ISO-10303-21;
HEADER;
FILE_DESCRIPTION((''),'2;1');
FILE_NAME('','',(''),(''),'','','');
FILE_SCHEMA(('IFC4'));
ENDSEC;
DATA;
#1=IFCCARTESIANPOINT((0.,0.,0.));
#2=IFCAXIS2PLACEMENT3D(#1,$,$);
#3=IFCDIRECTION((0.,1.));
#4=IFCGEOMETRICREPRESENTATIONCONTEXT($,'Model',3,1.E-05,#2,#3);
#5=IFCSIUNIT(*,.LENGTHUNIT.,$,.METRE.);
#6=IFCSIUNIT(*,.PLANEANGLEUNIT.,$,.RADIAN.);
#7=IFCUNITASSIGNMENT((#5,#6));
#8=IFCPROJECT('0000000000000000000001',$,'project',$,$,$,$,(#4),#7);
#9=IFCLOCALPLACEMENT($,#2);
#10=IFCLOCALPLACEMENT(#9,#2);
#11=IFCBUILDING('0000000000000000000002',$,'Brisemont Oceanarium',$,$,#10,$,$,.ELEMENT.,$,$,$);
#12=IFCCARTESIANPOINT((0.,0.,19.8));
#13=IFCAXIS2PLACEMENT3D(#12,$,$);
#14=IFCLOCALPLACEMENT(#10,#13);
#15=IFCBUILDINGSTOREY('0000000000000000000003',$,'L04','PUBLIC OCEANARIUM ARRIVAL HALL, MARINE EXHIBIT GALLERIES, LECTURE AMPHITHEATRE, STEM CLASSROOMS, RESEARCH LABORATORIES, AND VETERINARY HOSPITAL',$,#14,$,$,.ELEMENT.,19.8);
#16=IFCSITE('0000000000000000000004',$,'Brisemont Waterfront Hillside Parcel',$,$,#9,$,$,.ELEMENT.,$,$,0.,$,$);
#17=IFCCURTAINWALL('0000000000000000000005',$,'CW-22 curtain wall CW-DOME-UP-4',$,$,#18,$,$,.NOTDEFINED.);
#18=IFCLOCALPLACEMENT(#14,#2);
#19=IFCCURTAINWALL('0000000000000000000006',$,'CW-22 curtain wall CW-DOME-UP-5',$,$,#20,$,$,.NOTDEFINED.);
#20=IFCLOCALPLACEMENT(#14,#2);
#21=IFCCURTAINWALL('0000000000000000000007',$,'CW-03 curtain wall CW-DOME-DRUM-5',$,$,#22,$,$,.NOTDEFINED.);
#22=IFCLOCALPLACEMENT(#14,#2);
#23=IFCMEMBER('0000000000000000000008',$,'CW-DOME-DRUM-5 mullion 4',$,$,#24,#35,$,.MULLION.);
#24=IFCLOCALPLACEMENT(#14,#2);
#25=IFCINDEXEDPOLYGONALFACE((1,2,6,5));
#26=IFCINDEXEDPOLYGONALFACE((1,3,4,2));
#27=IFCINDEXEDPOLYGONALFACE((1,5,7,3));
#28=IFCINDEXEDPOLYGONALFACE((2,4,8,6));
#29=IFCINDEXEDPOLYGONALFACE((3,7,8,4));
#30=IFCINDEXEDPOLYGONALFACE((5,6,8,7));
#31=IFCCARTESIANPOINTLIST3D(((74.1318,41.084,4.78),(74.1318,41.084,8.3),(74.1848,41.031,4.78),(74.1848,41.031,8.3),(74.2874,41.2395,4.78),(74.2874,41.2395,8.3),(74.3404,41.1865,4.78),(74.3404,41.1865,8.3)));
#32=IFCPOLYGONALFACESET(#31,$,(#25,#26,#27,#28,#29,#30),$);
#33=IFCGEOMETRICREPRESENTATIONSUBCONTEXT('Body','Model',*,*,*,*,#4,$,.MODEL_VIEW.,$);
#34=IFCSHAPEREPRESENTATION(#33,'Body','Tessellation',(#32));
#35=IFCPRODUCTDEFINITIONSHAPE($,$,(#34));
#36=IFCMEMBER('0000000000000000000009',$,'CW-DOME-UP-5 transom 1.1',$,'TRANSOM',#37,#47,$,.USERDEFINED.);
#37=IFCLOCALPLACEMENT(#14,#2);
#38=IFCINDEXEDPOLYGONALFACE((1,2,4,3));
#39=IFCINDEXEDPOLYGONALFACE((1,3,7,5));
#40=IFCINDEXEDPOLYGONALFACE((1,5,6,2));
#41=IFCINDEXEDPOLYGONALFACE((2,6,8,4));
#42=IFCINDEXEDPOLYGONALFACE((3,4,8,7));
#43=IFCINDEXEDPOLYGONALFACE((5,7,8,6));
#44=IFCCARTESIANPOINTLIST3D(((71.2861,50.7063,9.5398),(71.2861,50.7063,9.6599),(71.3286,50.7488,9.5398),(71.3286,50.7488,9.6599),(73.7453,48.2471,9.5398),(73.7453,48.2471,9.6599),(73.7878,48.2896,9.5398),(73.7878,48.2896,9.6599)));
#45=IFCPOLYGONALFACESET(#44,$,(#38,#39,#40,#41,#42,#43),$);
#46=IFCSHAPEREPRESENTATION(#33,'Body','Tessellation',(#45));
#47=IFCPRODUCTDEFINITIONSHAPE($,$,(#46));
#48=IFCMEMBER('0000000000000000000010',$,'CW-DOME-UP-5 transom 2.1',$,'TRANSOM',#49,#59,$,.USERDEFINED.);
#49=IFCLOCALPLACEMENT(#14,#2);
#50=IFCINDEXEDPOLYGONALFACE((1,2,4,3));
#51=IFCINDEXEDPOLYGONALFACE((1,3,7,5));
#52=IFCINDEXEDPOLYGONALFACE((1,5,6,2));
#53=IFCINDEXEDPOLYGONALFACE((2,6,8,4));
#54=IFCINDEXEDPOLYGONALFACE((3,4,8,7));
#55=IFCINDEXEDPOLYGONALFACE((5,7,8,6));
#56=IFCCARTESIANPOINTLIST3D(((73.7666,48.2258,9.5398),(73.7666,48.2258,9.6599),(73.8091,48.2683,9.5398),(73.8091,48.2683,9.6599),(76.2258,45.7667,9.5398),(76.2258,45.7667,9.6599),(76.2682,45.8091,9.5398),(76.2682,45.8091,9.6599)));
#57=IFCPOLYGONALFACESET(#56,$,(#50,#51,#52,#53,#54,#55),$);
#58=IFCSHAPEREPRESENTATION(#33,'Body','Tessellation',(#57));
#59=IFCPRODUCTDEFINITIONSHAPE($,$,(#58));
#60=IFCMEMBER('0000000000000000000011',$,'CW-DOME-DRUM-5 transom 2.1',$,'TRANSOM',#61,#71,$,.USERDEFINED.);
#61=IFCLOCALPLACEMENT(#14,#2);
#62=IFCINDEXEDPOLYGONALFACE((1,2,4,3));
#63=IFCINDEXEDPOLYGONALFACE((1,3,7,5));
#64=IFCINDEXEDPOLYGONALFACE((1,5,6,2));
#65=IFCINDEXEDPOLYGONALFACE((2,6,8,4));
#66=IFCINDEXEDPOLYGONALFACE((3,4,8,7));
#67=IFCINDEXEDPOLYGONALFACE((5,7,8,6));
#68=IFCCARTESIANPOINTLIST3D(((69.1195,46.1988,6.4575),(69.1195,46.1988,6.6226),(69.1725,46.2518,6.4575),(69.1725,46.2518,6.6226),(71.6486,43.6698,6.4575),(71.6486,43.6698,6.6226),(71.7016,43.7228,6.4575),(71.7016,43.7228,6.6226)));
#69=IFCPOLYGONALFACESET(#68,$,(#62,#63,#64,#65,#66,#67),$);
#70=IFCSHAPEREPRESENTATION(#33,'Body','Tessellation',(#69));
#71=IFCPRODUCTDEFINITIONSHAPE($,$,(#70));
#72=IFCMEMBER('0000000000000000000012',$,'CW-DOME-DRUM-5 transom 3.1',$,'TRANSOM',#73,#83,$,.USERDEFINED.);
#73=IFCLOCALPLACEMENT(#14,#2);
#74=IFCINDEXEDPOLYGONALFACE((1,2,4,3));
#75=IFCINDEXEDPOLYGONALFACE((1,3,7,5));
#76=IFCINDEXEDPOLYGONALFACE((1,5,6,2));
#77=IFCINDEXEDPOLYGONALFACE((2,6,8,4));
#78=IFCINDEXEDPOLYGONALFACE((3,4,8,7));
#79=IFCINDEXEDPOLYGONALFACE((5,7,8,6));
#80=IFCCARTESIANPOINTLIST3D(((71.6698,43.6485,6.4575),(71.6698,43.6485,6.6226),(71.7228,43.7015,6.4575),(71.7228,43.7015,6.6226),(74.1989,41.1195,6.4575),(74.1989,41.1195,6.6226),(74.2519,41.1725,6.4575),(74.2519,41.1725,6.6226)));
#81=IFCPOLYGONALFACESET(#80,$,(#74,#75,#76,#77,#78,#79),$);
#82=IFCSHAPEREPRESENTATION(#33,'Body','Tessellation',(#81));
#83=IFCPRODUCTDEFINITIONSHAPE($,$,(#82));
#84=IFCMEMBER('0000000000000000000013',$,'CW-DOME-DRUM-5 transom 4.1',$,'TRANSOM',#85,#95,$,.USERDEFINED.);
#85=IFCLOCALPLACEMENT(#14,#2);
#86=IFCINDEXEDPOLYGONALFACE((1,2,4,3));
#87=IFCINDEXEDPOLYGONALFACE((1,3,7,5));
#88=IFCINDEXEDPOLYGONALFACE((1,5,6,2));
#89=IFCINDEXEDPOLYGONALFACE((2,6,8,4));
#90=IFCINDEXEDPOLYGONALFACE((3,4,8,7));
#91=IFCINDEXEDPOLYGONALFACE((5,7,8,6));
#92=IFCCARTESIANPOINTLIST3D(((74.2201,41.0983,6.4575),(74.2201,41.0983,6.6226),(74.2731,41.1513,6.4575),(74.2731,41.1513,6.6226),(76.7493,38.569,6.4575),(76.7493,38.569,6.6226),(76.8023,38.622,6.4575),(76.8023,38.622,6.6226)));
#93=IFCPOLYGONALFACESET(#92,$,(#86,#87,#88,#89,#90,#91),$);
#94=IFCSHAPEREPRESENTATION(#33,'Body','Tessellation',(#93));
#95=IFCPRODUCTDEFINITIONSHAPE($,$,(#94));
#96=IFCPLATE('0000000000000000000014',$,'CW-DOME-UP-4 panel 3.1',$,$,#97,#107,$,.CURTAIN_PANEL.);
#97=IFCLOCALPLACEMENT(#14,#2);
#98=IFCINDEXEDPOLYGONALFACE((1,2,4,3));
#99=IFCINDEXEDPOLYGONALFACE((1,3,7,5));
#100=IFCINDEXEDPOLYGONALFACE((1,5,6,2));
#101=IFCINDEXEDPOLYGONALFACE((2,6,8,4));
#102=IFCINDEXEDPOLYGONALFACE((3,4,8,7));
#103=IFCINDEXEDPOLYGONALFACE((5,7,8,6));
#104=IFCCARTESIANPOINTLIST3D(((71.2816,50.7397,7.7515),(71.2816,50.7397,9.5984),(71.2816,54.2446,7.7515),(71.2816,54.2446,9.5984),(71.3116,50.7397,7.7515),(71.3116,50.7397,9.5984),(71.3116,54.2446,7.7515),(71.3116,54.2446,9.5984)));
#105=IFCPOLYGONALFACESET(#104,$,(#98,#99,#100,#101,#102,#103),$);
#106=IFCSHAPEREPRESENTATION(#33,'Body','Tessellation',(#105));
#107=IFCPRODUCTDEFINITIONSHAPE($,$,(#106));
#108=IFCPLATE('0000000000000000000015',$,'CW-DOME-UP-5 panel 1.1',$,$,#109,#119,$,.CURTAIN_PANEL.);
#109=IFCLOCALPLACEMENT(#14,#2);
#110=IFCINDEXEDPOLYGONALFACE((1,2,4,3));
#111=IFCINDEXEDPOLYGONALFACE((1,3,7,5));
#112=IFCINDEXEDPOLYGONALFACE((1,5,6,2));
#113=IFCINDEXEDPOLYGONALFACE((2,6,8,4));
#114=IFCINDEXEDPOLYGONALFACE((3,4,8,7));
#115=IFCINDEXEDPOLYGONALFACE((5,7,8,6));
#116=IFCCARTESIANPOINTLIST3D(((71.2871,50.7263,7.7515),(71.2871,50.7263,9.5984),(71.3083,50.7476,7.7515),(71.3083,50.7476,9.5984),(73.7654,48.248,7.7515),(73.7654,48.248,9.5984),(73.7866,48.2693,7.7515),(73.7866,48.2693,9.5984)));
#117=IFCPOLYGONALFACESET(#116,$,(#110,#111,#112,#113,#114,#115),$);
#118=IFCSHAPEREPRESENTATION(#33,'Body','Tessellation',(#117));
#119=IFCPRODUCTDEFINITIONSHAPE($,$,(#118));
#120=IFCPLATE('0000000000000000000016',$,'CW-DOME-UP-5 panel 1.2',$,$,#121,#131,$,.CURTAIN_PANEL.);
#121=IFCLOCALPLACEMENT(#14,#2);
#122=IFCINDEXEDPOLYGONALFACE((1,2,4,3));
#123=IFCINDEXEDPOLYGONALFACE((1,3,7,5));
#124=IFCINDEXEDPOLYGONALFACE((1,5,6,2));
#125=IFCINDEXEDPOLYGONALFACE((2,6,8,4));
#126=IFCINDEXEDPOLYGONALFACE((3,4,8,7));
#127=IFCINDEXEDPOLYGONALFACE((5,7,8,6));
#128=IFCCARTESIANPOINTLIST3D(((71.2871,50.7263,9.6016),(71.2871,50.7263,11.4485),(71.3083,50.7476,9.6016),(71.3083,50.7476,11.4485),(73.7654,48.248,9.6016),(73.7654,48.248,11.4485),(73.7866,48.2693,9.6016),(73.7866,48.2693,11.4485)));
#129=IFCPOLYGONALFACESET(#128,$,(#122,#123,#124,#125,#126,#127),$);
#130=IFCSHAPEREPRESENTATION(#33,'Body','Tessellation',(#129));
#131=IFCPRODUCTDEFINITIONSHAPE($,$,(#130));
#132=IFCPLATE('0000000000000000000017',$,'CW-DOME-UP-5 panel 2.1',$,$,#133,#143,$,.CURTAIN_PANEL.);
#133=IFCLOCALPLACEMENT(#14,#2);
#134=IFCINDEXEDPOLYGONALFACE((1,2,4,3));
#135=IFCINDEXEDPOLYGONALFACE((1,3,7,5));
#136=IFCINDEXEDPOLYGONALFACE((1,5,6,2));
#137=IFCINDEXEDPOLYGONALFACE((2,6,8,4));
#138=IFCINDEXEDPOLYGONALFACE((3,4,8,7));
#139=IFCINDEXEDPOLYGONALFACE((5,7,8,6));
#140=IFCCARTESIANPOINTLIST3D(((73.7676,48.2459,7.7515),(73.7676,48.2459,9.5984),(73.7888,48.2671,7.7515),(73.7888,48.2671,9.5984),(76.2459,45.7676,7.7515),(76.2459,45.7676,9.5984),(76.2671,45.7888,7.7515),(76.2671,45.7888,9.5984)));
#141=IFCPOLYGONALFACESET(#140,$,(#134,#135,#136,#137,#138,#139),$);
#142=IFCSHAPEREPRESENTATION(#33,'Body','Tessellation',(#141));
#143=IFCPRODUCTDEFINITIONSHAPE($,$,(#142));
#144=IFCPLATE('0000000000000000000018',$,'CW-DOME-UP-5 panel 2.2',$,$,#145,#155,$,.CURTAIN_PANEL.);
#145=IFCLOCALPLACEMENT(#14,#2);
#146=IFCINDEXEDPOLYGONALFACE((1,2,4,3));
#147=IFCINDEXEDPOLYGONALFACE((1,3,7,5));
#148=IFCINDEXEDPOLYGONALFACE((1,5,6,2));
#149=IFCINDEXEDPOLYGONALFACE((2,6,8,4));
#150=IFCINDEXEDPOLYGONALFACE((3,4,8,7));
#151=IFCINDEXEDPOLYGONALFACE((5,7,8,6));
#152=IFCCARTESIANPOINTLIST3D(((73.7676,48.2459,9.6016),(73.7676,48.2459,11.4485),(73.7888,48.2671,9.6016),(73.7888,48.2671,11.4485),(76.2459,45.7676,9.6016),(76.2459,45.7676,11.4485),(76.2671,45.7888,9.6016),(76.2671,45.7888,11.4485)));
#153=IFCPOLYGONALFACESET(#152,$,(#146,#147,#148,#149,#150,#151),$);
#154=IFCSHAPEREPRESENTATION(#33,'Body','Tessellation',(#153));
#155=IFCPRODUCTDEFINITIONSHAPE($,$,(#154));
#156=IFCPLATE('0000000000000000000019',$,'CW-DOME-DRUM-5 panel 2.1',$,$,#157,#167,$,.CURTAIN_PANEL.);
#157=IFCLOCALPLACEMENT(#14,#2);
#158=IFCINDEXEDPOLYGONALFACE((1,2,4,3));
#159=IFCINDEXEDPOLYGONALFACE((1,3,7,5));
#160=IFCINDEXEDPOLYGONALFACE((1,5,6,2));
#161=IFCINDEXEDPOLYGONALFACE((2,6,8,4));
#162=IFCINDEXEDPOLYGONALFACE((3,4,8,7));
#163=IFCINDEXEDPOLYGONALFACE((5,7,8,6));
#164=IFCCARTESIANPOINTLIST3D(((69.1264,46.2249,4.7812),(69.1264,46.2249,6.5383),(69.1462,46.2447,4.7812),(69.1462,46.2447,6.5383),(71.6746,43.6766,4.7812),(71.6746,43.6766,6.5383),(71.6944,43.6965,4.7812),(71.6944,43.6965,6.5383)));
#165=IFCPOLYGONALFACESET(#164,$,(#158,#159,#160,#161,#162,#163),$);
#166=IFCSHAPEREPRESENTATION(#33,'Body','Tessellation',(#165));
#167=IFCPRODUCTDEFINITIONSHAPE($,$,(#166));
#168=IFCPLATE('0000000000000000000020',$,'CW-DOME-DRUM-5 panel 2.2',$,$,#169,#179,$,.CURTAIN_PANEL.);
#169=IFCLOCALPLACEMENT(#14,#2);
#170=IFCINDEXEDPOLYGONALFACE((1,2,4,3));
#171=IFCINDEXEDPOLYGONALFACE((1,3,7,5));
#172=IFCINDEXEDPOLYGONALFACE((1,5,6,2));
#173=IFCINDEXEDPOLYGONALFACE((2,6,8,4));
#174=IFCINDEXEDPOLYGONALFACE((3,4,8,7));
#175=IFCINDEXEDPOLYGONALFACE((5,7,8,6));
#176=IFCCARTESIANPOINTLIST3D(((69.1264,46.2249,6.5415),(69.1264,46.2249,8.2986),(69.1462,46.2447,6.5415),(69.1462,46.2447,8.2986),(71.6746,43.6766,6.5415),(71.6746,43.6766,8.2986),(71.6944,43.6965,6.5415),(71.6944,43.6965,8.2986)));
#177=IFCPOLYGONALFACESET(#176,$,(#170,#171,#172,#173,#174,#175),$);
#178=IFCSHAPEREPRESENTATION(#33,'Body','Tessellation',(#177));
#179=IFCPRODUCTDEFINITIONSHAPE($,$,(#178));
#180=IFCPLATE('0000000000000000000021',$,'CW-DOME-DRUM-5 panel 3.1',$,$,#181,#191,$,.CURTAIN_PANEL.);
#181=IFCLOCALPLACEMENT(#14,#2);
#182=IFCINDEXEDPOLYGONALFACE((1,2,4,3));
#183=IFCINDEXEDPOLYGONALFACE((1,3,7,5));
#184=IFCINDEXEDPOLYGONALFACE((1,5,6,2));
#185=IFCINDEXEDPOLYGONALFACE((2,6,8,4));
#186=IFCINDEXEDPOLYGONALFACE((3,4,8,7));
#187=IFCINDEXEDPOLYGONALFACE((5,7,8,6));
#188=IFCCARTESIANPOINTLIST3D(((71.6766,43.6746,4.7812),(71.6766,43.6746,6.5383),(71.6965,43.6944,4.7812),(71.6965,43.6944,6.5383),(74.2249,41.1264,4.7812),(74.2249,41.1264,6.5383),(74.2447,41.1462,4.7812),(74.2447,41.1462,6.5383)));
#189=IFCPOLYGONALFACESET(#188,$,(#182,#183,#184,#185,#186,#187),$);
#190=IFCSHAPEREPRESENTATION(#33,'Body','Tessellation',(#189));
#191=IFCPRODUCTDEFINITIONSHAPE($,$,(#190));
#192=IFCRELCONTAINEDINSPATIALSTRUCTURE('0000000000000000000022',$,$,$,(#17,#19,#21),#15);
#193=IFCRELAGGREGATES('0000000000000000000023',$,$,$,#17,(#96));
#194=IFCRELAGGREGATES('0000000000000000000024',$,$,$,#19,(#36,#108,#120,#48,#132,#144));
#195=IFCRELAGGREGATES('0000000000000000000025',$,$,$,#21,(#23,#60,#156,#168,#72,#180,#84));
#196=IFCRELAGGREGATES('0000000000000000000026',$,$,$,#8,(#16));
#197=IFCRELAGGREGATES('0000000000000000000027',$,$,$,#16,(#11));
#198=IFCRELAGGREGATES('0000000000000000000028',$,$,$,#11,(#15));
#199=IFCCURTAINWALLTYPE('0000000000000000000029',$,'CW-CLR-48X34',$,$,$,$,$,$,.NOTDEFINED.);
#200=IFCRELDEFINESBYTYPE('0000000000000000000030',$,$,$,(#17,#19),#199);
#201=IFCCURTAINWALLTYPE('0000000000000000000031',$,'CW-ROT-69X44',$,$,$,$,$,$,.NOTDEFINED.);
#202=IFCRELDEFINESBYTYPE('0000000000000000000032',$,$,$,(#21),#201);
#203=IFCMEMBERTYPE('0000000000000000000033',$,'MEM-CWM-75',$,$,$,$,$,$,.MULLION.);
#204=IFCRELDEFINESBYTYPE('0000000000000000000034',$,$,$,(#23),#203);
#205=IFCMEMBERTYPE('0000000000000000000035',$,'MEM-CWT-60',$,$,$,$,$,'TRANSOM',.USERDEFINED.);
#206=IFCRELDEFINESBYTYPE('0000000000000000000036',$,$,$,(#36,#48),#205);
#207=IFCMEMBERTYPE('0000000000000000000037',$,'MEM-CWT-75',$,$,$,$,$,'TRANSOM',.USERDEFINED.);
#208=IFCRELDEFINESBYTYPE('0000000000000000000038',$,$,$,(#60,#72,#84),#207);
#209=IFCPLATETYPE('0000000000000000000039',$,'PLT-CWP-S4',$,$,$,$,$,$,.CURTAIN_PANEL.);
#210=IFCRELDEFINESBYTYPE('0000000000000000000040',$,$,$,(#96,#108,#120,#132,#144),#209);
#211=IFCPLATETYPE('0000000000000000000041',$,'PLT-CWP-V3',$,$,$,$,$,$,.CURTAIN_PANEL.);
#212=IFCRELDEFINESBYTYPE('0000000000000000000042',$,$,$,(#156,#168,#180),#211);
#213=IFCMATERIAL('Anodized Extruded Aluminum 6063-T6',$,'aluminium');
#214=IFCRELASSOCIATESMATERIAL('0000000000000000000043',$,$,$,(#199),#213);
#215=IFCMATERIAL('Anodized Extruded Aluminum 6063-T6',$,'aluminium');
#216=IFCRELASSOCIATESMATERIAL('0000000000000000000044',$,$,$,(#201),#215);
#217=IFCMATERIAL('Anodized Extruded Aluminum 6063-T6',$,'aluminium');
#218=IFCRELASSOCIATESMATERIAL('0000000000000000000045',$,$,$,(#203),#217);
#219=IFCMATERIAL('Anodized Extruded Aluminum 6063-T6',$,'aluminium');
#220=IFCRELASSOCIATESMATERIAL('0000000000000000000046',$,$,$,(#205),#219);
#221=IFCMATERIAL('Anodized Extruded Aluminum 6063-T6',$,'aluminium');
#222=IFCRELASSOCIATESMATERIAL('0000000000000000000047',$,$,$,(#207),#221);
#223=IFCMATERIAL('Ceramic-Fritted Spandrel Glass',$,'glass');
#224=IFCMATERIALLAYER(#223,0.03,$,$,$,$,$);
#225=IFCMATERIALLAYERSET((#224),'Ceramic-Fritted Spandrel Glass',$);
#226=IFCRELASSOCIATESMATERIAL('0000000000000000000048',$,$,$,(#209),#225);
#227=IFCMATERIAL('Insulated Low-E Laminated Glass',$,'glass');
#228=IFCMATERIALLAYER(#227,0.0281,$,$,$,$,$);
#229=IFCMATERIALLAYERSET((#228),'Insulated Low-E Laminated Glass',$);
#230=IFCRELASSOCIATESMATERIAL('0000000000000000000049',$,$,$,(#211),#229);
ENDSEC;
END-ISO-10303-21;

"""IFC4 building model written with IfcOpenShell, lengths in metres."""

from ifc_helpers import new_model, si_unit, direction, frame, origin, origin_2d, place, context, subcontext, project, spatial, rectangle, extrude, material, layer, layer_set, material_profile, profile_set, type_object, element, aggregate, save


model = new_model("IFC4")

# Units and contexts
model_context = context("Model", 3, precision=1e-05, world=origin(), true_north=direction((0.0, 1.0)))
body_context = subcontext(model_context, "Body", "Model", "MODEL_VIEW")
ifc_project = project(units=[si_unit("LENGTHUNIT", "METRE"), si_unit("PLANEANGLEUNIT", "RADIAN")], contexts=[model_context])

# Site, building, storey
site_placement = place(None, origin())
site = spatial("IfcSite", under=ifc_project, at=site_placement, Name="Brisemont Waterfront Hillside Parcel", CompositionType="ELEMENT", RefElevation=0.0)
building_placement = place(site_placement, origin())
building = spatial("IfcBuilding", under=site, at=building_placement, Name="Brisemont Oceanarium", CompositionType="ELEMENT")
storey_placement = place(building_placement, frame((0.0, 0.0, 19.8)))
storey = spatial("IfcBuildingStorey", under=building, at=storey_placement, Name="L04", Description="PUBLIC OCEANARIUM ARRIVAL HALL, MARINE EXHIBIT GALLERIES, LECTURE AMPHITHEATRE, STEM CLASSROOMS, RESEARCH LABORATORIES, AND VETERINARY HOSPITAL", CompositionType="ELEMENT", Elevation=19.8)

# Curtain wall
ifc_material_1 = material(Name="Anodized Extruded Aluminum 6063-T6", Category="aluminium")
curtain_wall_type_1 = type_object("IfcCurtainWallType", Name="CW-CLR-48X34", PredefinedType="NOTDEFINED", material=ifc_material_1)
curtain_wall_1_placement = place(storey_placement, origin())
curtain_wall_1 = element("IfcCurtainWall", 1, at=curtain_wall_1_placement, inside=storey, type_object=curtain_wall_type_1, Name="CW-22 curtain wall CW-DOME-UP-4", PredefinedType="NOTDEFINED")

# Curtain walls, member
curtain_wall_2_placement = place(storey_placement, origin())
curtain_wall_2 = element("IfcCurtainWall", 2, at=curtain_wall_2_placement, inside=storey, type_object=curtain_wall_type_1, Name="CW-22 curtain wall CW-DOME-UP-5", PredefinedType="NOTDEFINED")
ifc_material_2 = material(Name="Anodized Extruded Aluminum 6063-T6", Category="aluminium")
curtain_wall_type_2 = type_object("IfcCurtainWallType", Name="CW-ROT-69X44", PredefinedType="NOTDEFINED", material=ifc_material_2)
curtain_wall_3_placement = place(storey_placement, origin())
curtain_wall_3 = element("IfcCurtainWall", 3, at=curtain_wall_3_placement, inside=storey, type_object=curtain_wall_type_2, Name="CW-03 curtain wall CW-DOME-DRUM-5", PredefinedType="NOTDEFINED")
ifc_material_3 = material(Name="Anodized Extruded Aluminum 6063-T6", Category="aluminium")
ifc_material_profile_1 = material_profile(ifc_material_3, rectangle(XDim=0.075, YDim=0.22, at=origin_2d()), Name="CWM-75X220")
ifc_profile_set_1 = profile_set([ifc_material_profile_1], Name="Anodized Extruded Aluminum 6063-T6")
member_type_1 = type_object("IfcMemberType", Name="MEM-CWM-75", PredefinedType="MULLION", material=ifc_profile_set_1)
member_1_placement = place(storey_placement, frame((74.2361, 41.1353, 4.78), z_axis=(0.0, 0.0, 1.0), x_axis=(0.707107, -0.707107, 0.0)))
member_1 = element("IfcMember", 4, at=member_1_placement, type_object=member_type_1, Name="CW-DOME-DRUM-5 mullion 4", PredefinedType="MULLION", context=body_context, shape_type="SweptSolid", body=[
    extrude(rectangle(XDim=0.075, YDim=0.22, at=origin_2d()), origin(), (0.0, 0.0, 1.0), 3.52),
])

# Members
ifc_material_4 = material(Name="Anodized Extruded Aluminum 6063-T6", Category="aluminium")
ifc_material_profile_2 = material_profile(ifc_material_4, rectangle(XDim=0.0601, YDim=0.1201, at=origin_2d()), Name="CWT-60X120")
ifc_profile_set_2 = profile_set([ifc_material_profile_2], Name="Anodized Extruded Aluminum 6063-T6")
member_type_2 = type_object("IfcMemberType", Name="MEM-CWT-60", ElementType="TRANSOM", PredefinedType="USERDEFINED", material=ifc_profile_set_2)
member_2_placement = place(storey_placement, frame((71.3074, 50.7275, 9.5999), z_axis=(0.707107, -0.707107, 0.0), x_axis=(0.707107, 0.707107, 0.0)))
member_2 = element("IfcMember", 5, at=member_2_placement, type_object=member_type_2, Name="CW-DOME-UP-5 transom 1.1", ObjectType="TRANSOM", PredefinedType="USERDEFINED", context=body_context, shape_type="SweptSolid", body=[
    extrude(rectangle(XDim=0.0601, YDim=0.1201, at=origin_2d()), origin(), (0.0, 0.0, 1.0), 3.4778),
])
member_3_placement = place(storey_placement, frame((73.7878, 48.2471, 9.5999), z_axis=(0.707107, -0.707107, 0.0), x_axis=(0.707107, 0.707107, 0.0)))
member_3 = element("IfcMember", 6, at=member_3_placement, type_object=member_type_2, Name="CW-DOME-UP-5 transom 2.1", ObjectType="TRANSOM", PredefinedType="USERDEFINED", context=body_context, shape_type="SweptSolid", body=[
    extrude(rectangle(XDim=0.0601, YDim=0.1201, at=origin_2d()), origin(), (0.0, 0.0, 1.0), 3.4778),
])
ifc_material_5 = material(Name="Anodized Extruded Aluminum 6063-T6", Category="aluminium")
ifc_material_profile_3 = material_profile(ifc_material_5, rectangle(XDim=0.075, YDim=0.165, at=origin_2d()), Name="CWT-75X165")
ifc_profile_set_3 = profile_set([ifc_material_profile_3], Name="Anodized Extruded Aluminum 6063-T6")
member_type_3 = type_object("IfcMemberType", Name="MEM-CWT-75", ElementType="TRANSOM", PredefinedType="USERDEFINED", material=ifc_profile_set_3)
member_4_placement = place(storey_placement, frame((69.146, 46.2253, 6.54), z_axis=(0.707107, -0.707107, 0.0), x_axis=(0.707107, 0.707107, 0.0)))
member_4 = element("IfcMember", 7, at=member_4_placement, type_object=member_type_3, Name="CW-DOME-DRUM-5 transom 2.1", ObjectType="TRANSOM", PredefinedType="USERDEFINED", context=body_context, shape_type="SweptSolid", body=[
    extrude(rectangle(XDim=0.075, YDim=0.165, at=origin_2d()), origin(), (0.0, 0.0, 1.0), 3.5767),
])
member_5_placement = place(storey_placement, frame((71.6963, 43.675, 6.54), z_axis=(0.707107, -0.707107, 0.0), x_axis=(0.707107, 0.707107, 0.0)))
member_5 = element("IfcMember", 8, at=member_5_placement, type_object=member_type_3, Name="CW-DOME-DRUM-5 transom 3.1", ObjectType="TRANSOM", PredefinedType="USERDEFINED", context=body_context, shape_type="SweptSolid", body=[
    extrude(rectangle(XDim=0.075, YDim=0.165, at=origin_2d()), origin(), (0.0, 0.0, 1.0), 3.5767),
])
member_6_placement = place(storey_placement, frame((74.2466, 41.1248, 6.54), z_axis=(0.707107, -0.707107, 0.0), x_axis=(0.707107, 0.707107, 0.0)))
member_6 = element("IfcMember", 9, at=member_6_placement, type_object=member_type_3, Name="CW-DOME-DRUM-5 transom 4.1", ObjectType="TRANSOM", PredefinedType="USERDEFINED", context=body_context, shape_type="SweptSolid", body=[
    extrude(rectangle(XDim=0.075, YDim=0.165, at=origin_2d()), origin(), (0.0, 0.0, 1.0), 3.5769),
])

# Plates
ifc_material_6 = material(Name="Ceramic-Fritted Spandrel Glass", Category="glass")
ifc_layer_1 = layer(ifc_material_6, 0.03)
ifc_layer_set_1 = layer_set([ifc_layer_1], Name="Ceramic-Fritted Spandrel Glass")
plate_type_1 = type_object("IfcPlateType", Name="PLT-CWP-S4", PredefinedType="CURTAIN_PANEL", material=ifc_layer_set_1)
plate_1_placement = place(storey_placement, frame((71.2966, 52.4922, 7.7515), z_axis=(0.0, 0.0, 1.0), x_axis=(0.0, -1.0, 0.0)))
plate_1 = element("IfcPlate", 10, at=plate_1_placement, type_object=plate_type_1, Name="CW-DOME-UP-4 panel 3.1", PredefinedType="CURTAIN_PANEL", context=body_context, shape_type="SweptSolid", body=[
    extrude(rectangle(XDim=3.5049, YDim=0.03, at=origin_2d()), origin(), (0.0, 0.0, 1.0), 1.8469),
])
aggregate(curtain_wall_1, [plate_1])
plate_2_placement = place(storey_placement, frame((72.5369, 49.4978, 7.7515), z_axis=(0.0, 0.0, 1.0), x_axis=(0.707107, -0.707107, 0.0)))
plate_2 = element("IfcPlate", 11, at=plate_2_placement, type_object=plate_type_1, Name="CW-DOME-UP-5 panel 1.1", PredefinedType="CURTAIN_PANEL", context=body_context, shape_type="SweptSolid", body=[
    extrude(rectangle(XDim=3.5049, YDim=0.03, at=origin_2d()), origin(), (0.0, 0.0, 1.0), 1.8469),
])
plate_3_placement = place(storey_placement, frame((72.5369, 49.4978, 9.6016), z_axis=(0.0, 0.0, 1.0), x_axis=(0.707107, -0.707107, 0.0)))
plate_3 = element("IfcPlate", 12, at=plate_3_placement, type_object=plate_type_1, Name="CW-DOME-UP-5 panel 1.2", PredefinedType="CURTAIN_PANEL", context=body_context, shape_type="SweptSolid", body=[
    extrude(rectangle(XDim=3.5049, YDim=0.03, at=origin_2d()), origin(), (0.0, 0.0, 1.0), 1.8469),
])
plate_4_placement = place(storey_placement, frame((75.0173, 47.0173, 7.7515), z_axis=(0.0, 0.0, 1.0), x_axis=(0.707107, -0.707107, 0.0)))
plate_4 = element("IfcPlate", 13, at=plate_4_placement, type_object=plate_type_1, Name="CW-DOME-UP-5 panel 2.1", PredefinedType="CURTAIN_PANEL", context=body_context, shape_type="SweptSolid", body=[
    extrude(rectangle(XDim=3.5049, YDim=0.03, at=origin_2d()), origin(), (0.0, 0.0, 1.0), 1.8469),
])
plate_5_placement = place(storey_placement, frame((75.0173, 47.0173, 9.6016), z_axis=(0.0, 0.0, 1.0), x_axis=(0.707107, -0.707107, 0.0)))
plate_5 = element("IfcPlate", 14, at=plate_5_placement, type_object=plate_type_1, Name="CW-DOME-UP-5 panel 2.2", PredefinedType="CURTAIN_PANEL", context=body_context, shape_type="SweptSolid", body=[
    extrude(rectangle(XDim=3.5049, YDim=0.03, at=origin_2d()), origin(), (0.0, 0.0, 1.0), 1.8469),
])
aggregate(curtain_wall_2, [member_2, plate_2, plate_3, member_3, plate_4, plate_5])
ifc_material_7 = material(Name="Insulated Low-E Laminated Glass", Category="glass")
ifc_layer_2 = layer(ifc_material_7, 0.0281)
ifc_layer_set_2 = layer_set([ifc_layer_2], Name="Insulated Low-E Laminated Glass")
plate_type_2 = type_object("IfcPlateType", Name="PLT-CWP-V3", PredefinedType="CURTAIN_PANEL", material=ifc_layer_set_2)
plate_6_placement = place(storey_placement, frame((70.4104, 44.9607, 4.7812), z_axis=(0.0, 0.0, 1.0), x_axis=(0.707107, -0.707107, 0.0)))
plate_6 = element("IfcPlate", 15, at=plate_6_placement, type_object=plate_type_2, Name="CW-DOME-DRUM-5 panel 2.1", PredefinedType="CURTAIN_PANEL", context=body_context, shape_type="SweptSolid", body=[
    extrude(rectangle(XDim=3.6038, YDim=0.0281, at=origin_2d()), origin(), (0.0, 0.0, 1.0), 1.7571),
])
plate_7_placement = place(storey_placement, frame((70.4104, 44.9607, 6.5415), z_axis=(0.0, 0.0, 1.0), x_axis=(0.707107, -0.707107, 0.0)))
plate_7 = element("IfcPlate", 16, at=plate_7_placement, type_object=plate_type_2, Name="CW-DOME-DRUM-5 panel 2.2", PredefinedType="CURTAIN_PANEL", context=body_context, shape_type="SweptSolid", body=[
    extrude(rectangle(XDim=3.6038, YDim=0.0281, at=origin_2d()), origin(), (0.0, 0.0, 1.0), 1.7571),
])
plate_8_placement = place(storey_placement, frame((72.9607, 42.4104, 4.7812), z_axis=(0.0, 0.0, 1.0), x_axis=(0.707107, -0.707107, 0.0)))
plate_8 = element("IfcPlate", 17, at=plate_8_placement, type_object=plate_type_2, Name="CW-DOME-DRUM-5 panel 3.1", PredefinedType="CURTAIN_PANEL", context=body_context, shape_type="SweptSolid", body=[
    extrude(rectangle(XDim=3.6038, YDim=0.0281, at=origin_2d()), origin(), (0.0, 0.0, 1.0), 1.7571),
])
aggregate(curtain_wall_3, [member_1, member_4, plate_6, plate_7, member_5, plate_8, member_6])

save(model, "model.ifc")
